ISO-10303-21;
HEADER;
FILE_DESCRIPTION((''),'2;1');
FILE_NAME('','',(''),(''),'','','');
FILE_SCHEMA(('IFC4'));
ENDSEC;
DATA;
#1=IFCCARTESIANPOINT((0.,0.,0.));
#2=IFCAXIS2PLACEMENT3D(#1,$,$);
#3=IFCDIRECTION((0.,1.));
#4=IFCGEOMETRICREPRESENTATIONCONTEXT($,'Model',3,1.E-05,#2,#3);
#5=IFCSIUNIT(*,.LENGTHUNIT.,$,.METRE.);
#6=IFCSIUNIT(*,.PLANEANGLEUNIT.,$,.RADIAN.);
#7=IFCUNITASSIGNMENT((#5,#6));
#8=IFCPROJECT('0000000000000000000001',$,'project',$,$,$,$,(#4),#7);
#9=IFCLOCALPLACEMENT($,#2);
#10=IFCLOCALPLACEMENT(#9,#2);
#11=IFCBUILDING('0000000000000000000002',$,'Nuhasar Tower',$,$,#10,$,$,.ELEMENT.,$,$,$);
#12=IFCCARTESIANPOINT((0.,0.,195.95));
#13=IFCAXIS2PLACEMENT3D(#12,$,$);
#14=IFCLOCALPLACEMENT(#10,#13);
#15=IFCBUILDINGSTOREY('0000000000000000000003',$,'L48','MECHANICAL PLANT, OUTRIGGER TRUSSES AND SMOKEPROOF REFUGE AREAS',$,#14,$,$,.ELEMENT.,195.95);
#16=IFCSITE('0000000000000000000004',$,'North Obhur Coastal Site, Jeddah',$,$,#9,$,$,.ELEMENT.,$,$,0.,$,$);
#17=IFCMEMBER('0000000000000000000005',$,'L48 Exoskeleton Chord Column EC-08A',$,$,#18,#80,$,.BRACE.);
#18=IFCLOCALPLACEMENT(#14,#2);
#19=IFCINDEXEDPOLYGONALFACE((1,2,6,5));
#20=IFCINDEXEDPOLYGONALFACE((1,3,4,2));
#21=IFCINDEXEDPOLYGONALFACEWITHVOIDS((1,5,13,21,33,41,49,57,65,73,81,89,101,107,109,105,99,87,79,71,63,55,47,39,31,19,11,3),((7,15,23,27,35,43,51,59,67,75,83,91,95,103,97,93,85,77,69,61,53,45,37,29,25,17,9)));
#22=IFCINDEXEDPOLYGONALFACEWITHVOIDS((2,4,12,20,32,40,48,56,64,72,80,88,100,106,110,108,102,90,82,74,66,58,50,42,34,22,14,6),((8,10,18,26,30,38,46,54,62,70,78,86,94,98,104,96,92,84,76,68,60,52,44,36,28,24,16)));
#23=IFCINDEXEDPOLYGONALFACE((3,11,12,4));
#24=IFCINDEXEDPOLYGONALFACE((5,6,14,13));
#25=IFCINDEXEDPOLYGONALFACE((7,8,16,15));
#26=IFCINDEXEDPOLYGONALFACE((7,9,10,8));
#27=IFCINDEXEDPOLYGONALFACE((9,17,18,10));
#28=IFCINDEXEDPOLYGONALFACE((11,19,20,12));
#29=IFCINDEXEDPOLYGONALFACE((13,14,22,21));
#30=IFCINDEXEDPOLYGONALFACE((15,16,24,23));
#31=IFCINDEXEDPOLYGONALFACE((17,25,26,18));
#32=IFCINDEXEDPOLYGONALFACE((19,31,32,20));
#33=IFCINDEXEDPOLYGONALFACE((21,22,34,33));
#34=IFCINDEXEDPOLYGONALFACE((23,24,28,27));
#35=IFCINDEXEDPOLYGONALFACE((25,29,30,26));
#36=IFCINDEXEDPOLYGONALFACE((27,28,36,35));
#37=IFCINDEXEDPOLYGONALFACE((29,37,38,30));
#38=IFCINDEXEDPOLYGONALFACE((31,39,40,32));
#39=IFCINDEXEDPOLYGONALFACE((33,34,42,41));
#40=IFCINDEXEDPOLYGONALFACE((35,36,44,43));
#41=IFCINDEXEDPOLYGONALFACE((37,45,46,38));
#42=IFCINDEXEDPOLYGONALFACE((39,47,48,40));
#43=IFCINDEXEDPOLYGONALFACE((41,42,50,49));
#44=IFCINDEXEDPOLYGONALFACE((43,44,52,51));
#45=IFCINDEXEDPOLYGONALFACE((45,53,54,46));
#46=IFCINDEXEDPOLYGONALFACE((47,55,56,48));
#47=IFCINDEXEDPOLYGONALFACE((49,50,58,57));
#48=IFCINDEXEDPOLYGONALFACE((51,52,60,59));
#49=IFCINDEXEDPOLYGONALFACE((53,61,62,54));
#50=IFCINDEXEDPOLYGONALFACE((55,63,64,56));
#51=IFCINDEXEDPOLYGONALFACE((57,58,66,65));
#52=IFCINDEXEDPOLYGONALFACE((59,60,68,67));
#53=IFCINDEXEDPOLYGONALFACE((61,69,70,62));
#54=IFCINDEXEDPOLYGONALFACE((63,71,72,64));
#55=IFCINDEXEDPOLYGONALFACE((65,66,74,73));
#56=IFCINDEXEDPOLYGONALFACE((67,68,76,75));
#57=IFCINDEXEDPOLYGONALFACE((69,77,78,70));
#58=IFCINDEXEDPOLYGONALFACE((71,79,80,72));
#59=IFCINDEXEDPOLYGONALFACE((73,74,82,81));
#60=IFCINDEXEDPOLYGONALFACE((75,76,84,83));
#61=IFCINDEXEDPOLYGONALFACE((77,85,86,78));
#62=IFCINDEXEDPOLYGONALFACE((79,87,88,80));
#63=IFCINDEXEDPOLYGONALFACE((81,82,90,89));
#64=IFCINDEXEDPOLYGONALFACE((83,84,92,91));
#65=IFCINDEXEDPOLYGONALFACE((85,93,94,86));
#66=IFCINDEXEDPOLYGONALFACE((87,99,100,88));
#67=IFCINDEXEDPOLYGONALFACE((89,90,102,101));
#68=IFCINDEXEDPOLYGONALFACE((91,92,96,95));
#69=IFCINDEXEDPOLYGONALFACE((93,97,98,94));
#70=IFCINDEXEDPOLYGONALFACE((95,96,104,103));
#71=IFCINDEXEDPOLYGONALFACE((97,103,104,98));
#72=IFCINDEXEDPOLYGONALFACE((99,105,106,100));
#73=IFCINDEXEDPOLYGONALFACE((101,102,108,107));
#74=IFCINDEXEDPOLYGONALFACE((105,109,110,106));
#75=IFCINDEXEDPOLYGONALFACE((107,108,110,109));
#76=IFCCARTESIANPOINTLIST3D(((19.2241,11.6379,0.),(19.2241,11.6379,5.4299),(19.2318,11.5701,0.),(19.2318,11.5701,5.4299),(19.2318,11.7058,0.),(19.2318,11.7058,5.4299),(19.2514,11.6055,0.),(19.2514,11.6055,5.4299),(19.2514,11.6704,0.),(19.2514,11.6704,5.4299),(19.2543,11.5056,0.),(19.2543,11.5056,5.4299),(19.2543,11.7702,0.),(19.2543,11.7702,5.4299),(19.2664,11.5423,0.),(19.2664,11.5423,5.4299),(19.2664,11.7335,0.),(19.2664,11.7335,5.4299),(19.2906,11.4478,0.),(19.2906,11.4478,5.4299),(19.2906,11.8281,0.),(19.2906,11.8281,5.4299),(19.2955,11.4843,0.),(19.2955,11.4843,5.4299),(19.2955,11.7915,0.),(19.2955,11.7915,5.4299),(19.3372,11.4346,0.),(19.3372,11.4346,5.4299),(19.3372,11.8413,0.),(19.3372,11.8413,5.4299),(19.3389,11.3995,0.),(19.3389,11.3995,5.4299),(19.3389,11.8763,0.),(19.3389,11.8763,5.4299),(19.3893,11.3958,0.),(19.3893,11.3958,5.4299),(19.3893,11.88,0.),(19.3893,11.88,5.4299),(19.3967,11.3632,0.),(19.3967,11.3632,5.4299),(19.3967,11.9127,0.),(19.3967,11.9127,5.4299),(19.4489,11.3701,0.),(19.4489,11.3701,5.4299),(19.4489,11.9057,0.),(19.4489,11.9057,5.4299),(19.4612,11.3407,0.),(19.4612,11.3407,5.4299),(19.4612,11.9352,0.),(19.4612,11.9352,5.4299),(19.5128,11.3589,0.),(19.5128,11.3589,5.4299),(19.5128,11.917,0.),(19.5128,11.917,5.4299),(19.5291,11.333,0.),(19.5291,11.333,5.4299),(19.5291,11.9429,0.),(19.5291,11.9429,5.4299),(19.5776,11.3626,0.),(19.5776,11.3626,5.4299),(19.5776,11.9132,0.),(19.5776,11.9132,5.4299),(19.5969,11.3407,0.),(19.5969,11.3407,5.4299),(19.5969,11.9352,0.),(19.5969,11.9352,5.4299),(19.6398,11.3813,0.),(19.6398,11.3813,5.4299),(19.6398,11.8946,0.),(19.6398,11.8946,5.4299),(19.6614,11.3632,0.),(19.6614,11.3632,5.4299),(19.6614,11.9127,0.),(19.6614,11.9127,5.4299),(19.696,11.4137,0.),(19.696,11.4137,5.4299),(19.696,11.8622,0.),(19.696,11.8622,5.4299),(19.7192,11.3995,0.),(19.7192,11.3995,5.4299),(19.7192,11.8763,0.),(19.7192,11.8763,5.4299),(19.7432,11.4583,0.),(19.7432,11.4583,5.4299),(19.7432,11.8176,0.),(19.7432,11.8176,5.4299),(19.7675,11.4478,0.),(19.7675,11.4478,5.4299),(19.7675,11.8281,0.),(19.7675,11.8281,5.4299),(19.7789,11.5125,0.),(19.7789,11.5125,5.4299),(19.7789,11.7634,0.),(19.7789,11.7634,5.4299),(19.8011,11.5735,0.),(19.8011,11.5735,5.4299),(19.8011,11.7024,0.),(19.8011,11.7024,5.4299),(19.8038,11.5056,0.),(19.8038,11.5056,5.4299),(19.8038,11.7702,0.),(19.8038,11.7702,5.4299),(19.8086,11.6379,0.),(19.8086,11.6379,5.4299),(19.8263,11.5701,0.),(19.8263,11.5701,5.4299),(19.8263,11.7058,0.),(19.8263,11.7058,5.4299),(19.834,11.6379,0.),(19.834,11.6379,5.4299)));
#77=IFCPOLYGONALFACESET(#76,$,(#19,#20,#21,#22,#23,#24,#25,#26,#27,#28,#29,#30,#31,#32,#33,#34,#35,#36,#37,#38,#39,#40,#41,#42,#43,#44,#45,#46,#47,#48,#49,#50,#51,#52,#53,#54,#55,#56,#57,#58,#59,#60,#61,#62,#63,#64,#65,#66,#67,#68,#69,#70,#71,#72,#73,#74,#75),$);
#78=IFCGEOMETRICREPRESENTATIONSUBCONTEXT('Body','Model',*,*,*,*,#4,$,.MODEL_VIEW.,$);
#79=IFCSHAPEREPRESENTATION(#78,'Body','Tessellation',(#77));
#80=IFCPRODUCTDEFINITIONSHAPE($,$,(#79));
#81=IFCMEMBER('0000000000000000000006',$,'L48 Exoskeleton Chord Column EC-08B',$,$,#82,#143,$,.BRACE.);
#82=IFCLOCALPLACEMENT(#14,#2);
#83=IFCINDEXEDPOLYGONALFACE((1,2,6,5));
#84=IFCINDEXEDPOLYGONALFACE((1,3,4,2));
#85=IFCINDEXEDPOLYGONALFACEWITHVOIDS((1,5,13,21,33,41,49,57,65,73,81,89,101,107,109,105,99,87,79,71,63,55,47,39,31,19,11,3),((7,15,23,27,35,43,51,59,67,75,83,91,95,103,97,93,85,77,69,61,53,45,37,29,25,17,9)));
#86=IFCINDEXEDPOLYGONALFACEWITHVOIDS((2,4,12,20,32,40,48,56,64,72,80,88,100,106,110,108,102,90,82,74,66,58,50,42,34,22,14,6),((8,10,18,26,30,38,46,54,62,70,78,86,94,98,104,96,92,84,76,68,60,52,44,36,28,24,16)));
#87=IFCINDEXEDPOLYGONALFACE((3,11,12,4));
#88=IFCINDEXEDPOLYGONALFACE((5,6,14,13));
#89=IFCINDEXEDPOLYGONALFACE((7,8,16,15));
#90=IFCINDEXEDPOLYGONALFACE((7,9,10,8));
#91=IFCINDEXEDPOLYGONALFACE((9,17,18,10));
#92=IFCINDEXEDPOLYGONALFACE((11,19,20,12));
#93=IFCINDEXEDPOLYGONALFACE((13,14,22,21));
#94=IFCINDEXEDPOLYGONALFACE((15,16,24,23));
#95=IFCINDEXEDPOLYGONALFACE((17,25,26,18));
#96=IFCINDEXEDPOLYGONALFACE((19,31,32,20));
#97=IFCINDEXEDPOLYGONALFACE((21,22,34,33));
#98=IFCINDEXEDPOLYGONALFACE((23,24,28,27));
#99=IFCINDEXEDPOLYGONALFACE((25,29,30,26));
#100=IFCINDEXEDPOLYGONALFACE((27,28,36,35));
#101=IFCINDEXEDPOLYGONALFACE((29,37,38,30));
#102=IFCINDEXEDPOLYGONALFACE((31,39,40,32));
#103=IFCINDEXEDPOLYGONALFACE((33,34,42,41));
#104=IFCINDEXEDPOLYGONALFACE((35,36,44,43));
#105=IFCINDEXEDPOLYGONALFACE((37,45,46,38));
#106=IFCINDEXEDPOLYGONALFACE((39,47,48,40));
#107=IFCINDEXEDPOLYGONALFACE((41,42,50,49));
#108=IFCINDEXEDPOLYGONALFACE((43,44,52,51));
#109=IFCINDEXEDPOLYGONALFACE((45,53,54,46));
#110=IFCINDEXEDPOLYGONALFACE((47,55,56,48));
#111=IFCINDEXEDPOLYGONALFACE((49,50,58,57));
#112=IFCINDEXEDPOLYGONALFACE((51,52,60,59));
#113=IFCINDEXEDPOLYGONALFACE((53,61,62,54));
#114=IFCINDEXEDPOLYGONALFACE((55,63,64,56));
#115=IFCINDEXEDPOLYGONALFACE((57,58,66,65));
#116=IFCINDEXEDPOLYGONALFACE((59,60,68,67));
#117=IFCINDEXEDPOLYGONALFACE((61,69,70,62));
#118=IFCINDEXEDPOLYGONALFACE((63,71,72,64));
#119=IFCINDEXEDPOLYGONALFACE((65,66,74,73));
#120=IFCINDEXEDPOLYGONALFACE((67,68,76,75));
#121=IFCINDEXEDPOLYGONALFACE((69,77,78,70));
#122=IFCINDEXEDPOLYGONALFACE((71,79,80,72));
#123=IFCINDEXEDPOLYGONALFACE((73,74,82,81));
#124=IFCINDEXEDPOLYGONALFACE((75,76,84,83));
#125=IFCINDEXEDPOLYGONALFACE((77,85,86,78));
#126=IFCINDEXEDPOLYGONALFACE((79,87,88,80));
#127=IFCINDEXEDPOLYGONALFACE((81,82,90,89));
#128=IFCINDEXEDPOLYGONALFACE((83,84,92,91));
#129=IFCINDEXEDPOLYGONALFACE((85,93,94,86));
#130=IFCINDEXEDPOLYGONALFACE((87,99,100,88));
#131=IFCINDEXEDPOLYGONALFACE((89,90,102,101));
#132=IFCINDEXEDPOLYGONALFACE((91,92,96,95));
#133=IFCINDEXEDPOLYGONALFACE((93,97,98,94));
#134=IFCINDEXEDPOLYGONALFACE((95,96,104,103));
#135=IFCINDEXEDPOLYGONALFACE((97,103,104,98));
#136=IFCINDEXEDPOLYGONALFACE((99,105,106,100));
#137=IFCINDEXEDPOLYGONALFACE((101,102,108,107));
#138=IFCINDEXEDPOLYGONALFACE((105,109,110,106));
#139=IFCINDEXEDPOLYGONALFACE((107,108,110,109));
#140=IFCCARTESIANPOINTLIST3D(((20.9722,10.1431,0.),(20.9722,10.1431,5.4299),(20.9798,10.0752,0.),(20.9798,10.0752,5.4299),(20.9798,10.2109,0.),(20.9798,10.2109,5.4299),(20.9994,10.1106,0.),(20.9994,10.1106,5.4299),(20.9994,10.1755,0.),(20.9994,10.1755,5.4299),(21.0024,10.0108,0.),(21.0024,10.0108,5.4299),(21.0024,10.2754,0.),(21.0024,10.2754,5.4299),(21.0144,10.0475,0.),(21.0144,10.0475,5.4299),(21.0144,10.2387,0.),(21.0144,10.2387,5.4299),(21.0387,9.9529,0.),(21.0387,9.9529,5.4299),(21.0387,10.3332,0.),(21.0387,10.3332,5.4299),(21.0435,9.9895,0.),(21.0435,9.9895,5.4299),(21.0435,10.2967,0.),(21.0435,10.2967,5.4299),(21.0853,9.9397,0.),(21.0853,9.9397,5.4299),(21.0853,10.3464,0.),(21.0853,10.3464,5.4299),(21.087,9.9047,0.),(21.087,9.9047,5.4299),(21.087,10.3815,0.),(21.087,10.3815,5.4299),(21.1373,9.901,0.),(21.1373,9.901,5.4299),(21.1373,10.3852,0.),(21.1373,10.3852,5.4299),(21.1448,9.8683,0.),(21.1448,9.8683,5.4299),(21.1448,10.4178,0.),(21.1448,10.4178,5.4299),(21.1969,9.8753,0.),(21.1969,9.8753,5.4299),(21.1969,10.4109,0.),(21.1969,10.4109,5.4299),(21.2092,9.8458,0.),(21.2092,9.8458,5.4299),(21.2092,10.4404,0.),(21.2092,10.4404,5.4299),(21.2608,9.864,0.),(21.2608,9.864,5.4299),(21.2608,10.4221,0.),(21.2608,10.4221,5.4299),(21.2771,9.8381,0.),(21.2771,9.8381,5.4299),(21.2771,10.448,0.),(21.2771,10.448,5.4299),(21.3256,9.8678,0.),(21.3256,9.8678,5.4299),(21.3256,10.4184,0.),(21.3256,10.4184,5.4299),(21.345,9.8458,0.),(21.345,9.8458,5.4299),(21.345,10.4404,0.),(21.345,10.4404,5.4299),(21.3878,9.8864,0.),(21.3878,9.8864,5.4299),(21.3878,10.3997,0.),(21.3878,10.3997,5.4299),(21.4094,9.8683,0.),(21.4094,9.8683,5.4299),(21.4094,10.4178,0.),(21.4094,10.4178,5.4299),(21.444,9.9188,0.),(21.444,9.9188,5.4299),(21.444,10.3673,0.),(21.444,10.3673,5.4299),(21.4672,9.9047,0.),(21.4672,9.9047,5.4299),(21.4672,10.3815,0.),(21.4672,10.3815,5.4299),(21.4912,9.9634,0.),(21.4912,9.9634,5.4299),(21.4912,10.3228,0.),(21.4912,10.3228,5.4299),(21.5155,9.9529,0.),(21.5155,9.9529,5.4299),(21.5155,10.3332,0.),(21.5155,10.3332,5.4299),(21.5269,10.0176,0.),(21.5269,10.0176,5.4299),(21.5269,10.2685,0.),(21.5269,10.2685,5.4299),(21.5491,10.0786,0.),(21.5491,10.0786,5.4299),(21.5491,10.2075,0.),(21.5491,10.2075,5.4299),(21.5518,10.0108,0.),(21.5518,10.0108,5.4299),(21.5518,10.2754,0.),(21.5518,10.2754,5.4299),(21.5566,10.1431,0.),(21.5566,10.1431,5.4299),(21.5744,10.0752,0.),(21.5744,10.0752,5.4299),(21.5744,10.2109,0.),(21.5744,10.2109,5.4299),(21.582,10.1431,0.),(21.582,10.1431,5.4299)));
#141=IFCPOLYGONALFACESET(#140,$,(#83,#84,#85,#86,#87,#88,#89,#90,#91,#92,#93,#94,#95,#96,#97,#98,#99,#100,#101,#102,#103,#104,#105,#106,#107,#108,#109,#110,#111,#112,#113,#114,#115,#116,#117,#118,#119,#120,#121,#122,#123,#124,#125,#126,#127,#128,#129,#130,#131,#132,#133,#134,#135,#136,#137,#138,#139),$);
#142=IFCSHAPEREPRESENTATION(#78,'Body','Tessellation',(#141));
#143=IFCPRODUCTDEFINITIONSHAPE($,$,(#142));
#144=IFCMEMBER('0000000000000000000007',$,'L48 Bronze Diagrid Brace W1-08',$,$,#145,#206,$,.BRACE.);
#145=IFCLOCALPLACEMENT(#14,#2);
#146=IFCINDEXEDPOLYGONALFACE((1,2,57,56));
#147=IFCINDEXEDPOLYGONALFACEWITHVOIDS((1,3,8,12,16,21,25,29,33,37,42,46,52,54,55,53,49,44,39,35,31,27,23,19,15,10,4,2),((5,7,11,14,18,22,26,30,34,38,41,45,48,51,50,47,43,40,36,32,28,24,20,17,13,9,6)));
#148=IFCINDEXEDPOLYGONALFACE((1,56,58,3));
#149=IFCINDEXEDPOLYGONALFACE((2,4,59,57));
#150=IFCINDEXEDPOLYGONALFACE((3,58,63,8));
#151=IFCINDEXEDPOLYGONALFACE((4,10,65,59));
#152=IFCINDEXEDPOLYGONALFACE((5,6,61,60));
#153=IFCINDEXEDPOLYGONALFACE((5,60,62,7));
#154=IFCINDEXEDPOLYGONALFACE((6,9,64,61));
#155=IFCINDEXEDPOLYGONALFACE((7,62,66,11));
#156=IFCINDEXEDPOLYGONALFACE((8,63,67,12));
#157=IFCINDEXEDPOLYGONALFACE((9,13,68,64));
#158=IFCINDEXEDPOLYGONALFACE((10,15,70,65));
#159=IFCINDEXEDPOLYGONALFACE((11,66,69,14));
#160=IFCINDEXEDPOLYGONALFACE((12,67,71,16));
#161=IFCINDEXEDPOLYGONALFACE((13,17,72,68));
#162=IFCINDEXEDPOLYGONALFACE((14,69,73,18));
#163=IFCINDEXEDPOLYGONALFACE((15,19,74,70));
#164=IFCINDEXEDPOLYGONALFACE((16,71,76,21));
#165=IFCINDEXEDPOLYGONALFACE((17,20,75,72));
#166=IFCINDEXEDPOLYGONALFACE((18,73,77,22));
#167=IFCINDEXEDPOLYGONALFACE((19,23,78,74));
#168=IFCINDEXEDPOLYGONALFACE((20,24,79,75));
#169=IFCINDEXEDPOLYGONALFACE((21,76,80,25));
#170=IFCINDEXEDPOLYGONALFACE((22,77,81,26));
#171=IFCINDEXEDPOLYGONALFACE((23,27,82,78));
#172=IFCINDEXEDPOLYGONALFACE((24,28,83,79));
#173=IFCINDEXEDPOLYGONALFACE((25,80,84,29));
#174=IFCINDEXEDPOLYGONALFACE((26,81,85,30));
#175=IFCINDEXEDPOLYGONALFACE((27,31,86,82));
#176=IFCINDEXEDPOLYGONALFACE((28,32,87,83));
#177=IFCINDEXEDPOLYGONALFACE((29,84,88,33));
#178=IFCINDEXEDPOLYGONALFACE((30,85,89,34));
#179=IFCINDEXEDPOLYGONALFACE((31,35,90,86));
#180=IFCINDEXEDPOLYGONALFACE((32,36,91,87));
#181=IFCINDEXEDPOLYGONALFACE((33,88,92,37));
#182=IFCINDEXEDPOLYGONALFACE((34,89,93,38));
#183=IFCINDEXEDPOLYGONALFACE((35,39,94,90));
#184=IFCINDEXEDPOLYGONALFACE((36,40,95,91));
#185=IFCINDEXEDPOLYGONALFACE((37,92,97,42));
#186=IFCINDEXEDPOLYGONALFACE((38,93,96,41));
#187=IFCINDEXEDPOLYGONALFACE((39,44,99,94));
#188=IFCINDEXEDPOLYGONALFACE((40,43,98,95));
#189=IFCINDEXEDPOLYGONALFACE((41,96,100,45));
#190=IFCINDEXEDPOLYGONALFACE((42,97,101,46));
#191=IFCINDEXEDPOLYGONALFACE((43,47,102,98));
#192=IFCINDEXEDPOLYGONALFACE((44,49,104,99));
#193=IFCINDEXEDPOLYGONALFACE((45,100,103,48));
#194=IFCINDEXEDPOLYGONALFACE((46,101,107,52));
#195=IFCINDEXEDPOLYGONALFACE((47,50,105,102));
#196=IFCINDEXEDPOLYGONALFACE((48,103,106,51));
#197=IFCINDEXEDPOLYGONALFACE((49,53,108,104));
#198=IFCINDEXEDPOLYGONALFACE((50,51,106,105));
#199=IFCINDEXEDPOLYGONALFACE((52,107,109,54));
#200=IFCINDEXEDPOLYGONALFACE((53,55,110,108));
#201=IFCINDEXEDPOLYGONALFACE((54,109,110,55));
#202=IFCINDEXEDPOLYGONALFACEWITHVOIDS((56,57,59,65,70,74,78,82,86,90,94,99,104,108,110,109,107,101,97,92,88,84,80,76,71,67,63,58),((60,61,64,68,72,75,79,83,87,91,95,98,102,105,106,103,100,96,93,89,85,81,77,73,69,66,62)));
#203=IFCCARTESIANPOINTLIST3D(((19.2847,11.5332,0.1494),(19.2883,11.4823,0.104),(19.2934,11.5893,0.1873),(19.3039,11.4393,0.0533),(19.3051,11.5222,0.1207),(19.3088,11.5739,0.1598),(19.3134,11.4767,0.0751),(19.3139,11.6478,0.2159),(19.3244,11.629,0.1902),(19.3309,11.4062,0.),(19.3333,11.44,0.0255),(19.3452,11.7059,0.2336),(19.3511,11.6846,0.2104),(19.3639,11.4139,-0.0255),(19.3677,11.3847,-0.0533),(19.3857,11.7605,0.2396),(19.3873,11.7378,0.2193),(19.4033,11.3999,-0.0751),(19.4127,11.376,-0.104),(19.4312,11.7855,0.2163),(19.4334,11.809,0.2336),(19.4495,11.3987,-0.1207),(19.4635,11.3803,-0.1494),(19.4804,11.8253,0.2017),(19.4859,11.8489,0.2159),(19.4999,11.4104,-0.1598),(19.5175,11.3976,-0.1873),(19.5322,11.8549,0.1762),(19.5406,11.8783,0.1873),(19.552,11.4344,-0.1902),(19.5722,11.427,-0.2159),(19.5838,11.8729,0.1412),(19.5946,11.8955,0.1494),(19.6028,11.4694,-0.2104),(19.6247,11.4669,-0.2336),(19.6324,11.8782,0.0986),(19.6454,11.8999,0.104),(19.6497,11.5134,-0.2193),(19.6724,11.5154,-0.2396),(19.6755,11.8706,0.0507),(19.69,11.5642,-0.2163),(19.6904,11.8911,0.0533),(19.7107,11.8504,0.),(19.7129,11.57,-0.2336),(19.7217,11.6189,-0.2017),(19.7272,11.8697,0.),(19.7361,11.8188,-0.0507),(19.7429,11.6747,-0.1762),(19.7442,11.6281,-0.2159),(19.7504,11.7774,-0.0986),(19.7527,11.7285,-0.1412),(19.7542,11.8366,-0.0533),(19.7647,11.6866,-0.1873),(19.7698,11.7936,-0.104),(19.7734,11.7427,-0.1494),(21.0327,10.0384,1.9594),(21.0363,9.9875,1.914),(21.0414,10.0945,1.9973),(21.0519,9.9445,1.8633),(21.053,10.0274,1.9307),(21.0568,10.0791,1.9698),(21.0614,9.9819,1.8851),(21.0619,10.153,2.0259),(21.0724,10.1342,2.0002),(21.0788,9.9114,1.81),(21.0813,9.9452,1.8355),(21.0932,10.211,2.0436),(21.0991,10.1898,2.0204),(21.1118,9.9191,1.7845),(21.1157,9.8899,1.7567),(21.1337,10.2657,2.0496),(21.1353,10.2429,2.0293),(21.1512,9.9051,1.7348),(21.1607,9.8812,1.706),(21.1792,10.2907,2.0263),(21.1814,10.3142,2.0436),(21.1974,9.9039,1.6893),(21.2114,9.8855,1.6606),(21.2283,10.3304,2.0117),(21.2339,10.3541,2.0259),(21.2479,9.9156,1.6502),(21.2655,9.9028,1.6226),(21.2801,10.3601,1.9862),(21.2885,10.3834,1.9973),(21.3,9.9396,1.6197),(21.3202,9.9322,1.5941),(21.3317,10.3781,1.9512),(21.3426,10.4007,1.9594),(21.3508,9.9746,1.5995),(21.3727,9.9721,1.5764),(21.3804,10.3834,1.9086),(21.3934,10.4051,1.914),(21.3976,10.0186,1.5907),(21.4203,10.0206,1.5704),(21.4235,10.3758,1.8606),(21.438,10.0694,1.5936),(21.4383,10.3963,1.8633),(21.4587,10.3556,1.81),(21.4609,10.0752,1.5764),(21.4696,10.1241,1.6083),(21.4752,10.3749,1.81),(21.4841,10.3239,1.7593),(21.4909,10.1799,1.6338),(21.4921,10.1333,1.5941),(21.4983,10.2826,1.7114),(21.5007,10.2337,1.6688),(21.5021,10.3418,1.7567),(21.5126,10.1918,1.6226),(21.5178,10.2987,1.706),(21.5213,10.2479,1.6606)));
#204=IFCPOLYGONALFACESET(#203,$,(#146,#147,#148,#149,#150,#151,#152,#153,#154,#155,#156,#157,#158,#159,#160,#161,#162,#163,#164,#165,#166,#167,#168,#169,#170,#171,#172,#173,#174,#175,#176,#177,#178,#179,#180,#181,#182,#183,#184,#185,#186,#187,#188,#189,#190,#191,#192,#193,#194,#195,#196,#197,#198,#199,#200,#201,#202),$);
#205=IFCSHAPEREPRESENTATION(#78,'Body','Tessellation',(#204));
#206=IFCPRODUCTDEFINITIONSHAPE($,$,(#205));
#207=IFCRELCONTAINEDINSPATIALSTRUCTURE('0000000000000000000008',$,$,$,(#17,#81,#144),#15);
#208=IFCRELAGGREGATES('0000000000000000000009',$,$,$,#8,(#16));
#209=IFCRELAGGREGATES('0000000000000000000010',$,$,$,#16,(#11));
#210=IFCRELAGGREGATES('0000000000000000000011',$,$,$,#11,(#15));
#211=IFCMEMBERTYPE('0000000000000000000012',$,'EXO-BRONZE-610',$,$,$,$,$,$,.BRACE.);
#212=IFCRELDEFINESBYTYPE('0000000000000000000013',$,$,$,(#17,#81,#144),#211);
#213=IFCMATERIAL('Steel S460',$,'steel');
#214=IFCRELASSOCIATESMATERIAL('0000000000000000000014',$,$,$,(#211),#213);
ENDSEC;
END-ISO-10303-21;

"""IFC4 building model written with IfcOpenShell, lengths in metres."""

from ifc_helpers import new_model, si_unit, direction, frame, origin, origin_2d, place, context, subcontext, project, spatial, hollow_circle, extrude, material, material_profile, profile_set, type_object, element, save


model = new_model("IFC4")

# Units and contexts
model_context = context("Model", 3, precision=1e-05, world=origin(), true_north=direction((0.0, 1.0)))
body_context = subcontext(model_context, "Body", "Model", "MODEL_VIEW")
ifc_project = project(units=[si_unit("LENGTHUNIT", "METRE"), si_unit("PLANEANGLEUNIT", "RADIAN")], contexts=[model_context])

# Site, building, storey
site_placement = place(None, origin())
site = spatial("IfcSite", under=ifc_project, at=site_placement, Name="North Obhur Coastal Site, Jeddah", CompositionType="ELEMENT", RefElevation=0.0)
building_placement = place(site_placement, origin())
building = spatial("IfcBuilding", under=site, at=building_placement, Name="Nuhasar Tower", CompositionType="ELEMENT")
storey_placement = place(building_placement, frame((0.0, 0.0, 195.95)))
storey = spatial("IfcBuildingStorey", under=building, at=storey_placement, Name="L48", Description="MECHANICAL PLANT, OUTRIGGER TRUSSES AND SMOKEPROOF REFUGE AREAS", CompositionType="ELEMENT", Elevation=195.95)

# Shared definitions
ifc_material_1 = material(Name="Steel S460", Category="steel")

# Members
ifc_material_profile_1 = material_profile(ifc_material_1, hollow_circle(Radius=0.3049, WallThickness=0.0254, at=origin_2d()), Name="HSS610X25.4")
ifc_profile_set_1 = profile_set([ifc_material_profile_1], Name="Steel S460")
member_type_1 = type_object("IfcMemberType", Name="EXO-BRONZE-610", PredefinedType="BRACE", material=ifc_profile_set_1)
for number, where, z_axis, x_axis, name in (
    (1, (19.5291, 11.6379, 0.0), (0.0, 0.0, 1.0), (1.0, 0.0, 0.0), "L48 Exoskeleton Chord Column EC-08A"),
    (2, (21.2771, 10.1431, 0.0), (0.0, 0.0, 1.0), (1.0, 0.0, 0.0), "L48 Exoskeleton Chord Column EC-08B"),
):
    element("IfcMember", number, at=place(storey_placement, frame(where, z_axis=z_axis, x_axis=x_axis)), inside=storey, type_object=member_type_1, Name=name, PredefinedType="BRACE", context=body_context, shape_type="SweptSolid", body=[
        extrude(hollow_circle(Radius=0.3049, WallThickness=0.0254, at=origin_2d()), origin(), (0.0, 0.0, 1.0), 5.4299),
    ])
for number, where, z_axis, x_axis, name in (
    (3, (19.5291, 11.6379, 0.0), (0.597239, -0.510739, 0.618426), (0.649926, 0.759998, 0.0), "L48 Bronze Diagrid Brace W1-08"),
):
    element("IfcMember", number, at=place(storey_placement, frame(where, z_axis=z_axis, x_axis=x_axis)), inside=storey, type_object=member_type_1, Name=name, PredefinedType="BRACE", context=body_context, shape_type="SweptSolid", body=[
        extrude(hollow_circle(Radius=0.3049, WallThickness=0.0254, at=origin_2d()), origin(), (0.0, 0.0, 1.0), 2.9268),
    ])

save(model, "model.ifc")
